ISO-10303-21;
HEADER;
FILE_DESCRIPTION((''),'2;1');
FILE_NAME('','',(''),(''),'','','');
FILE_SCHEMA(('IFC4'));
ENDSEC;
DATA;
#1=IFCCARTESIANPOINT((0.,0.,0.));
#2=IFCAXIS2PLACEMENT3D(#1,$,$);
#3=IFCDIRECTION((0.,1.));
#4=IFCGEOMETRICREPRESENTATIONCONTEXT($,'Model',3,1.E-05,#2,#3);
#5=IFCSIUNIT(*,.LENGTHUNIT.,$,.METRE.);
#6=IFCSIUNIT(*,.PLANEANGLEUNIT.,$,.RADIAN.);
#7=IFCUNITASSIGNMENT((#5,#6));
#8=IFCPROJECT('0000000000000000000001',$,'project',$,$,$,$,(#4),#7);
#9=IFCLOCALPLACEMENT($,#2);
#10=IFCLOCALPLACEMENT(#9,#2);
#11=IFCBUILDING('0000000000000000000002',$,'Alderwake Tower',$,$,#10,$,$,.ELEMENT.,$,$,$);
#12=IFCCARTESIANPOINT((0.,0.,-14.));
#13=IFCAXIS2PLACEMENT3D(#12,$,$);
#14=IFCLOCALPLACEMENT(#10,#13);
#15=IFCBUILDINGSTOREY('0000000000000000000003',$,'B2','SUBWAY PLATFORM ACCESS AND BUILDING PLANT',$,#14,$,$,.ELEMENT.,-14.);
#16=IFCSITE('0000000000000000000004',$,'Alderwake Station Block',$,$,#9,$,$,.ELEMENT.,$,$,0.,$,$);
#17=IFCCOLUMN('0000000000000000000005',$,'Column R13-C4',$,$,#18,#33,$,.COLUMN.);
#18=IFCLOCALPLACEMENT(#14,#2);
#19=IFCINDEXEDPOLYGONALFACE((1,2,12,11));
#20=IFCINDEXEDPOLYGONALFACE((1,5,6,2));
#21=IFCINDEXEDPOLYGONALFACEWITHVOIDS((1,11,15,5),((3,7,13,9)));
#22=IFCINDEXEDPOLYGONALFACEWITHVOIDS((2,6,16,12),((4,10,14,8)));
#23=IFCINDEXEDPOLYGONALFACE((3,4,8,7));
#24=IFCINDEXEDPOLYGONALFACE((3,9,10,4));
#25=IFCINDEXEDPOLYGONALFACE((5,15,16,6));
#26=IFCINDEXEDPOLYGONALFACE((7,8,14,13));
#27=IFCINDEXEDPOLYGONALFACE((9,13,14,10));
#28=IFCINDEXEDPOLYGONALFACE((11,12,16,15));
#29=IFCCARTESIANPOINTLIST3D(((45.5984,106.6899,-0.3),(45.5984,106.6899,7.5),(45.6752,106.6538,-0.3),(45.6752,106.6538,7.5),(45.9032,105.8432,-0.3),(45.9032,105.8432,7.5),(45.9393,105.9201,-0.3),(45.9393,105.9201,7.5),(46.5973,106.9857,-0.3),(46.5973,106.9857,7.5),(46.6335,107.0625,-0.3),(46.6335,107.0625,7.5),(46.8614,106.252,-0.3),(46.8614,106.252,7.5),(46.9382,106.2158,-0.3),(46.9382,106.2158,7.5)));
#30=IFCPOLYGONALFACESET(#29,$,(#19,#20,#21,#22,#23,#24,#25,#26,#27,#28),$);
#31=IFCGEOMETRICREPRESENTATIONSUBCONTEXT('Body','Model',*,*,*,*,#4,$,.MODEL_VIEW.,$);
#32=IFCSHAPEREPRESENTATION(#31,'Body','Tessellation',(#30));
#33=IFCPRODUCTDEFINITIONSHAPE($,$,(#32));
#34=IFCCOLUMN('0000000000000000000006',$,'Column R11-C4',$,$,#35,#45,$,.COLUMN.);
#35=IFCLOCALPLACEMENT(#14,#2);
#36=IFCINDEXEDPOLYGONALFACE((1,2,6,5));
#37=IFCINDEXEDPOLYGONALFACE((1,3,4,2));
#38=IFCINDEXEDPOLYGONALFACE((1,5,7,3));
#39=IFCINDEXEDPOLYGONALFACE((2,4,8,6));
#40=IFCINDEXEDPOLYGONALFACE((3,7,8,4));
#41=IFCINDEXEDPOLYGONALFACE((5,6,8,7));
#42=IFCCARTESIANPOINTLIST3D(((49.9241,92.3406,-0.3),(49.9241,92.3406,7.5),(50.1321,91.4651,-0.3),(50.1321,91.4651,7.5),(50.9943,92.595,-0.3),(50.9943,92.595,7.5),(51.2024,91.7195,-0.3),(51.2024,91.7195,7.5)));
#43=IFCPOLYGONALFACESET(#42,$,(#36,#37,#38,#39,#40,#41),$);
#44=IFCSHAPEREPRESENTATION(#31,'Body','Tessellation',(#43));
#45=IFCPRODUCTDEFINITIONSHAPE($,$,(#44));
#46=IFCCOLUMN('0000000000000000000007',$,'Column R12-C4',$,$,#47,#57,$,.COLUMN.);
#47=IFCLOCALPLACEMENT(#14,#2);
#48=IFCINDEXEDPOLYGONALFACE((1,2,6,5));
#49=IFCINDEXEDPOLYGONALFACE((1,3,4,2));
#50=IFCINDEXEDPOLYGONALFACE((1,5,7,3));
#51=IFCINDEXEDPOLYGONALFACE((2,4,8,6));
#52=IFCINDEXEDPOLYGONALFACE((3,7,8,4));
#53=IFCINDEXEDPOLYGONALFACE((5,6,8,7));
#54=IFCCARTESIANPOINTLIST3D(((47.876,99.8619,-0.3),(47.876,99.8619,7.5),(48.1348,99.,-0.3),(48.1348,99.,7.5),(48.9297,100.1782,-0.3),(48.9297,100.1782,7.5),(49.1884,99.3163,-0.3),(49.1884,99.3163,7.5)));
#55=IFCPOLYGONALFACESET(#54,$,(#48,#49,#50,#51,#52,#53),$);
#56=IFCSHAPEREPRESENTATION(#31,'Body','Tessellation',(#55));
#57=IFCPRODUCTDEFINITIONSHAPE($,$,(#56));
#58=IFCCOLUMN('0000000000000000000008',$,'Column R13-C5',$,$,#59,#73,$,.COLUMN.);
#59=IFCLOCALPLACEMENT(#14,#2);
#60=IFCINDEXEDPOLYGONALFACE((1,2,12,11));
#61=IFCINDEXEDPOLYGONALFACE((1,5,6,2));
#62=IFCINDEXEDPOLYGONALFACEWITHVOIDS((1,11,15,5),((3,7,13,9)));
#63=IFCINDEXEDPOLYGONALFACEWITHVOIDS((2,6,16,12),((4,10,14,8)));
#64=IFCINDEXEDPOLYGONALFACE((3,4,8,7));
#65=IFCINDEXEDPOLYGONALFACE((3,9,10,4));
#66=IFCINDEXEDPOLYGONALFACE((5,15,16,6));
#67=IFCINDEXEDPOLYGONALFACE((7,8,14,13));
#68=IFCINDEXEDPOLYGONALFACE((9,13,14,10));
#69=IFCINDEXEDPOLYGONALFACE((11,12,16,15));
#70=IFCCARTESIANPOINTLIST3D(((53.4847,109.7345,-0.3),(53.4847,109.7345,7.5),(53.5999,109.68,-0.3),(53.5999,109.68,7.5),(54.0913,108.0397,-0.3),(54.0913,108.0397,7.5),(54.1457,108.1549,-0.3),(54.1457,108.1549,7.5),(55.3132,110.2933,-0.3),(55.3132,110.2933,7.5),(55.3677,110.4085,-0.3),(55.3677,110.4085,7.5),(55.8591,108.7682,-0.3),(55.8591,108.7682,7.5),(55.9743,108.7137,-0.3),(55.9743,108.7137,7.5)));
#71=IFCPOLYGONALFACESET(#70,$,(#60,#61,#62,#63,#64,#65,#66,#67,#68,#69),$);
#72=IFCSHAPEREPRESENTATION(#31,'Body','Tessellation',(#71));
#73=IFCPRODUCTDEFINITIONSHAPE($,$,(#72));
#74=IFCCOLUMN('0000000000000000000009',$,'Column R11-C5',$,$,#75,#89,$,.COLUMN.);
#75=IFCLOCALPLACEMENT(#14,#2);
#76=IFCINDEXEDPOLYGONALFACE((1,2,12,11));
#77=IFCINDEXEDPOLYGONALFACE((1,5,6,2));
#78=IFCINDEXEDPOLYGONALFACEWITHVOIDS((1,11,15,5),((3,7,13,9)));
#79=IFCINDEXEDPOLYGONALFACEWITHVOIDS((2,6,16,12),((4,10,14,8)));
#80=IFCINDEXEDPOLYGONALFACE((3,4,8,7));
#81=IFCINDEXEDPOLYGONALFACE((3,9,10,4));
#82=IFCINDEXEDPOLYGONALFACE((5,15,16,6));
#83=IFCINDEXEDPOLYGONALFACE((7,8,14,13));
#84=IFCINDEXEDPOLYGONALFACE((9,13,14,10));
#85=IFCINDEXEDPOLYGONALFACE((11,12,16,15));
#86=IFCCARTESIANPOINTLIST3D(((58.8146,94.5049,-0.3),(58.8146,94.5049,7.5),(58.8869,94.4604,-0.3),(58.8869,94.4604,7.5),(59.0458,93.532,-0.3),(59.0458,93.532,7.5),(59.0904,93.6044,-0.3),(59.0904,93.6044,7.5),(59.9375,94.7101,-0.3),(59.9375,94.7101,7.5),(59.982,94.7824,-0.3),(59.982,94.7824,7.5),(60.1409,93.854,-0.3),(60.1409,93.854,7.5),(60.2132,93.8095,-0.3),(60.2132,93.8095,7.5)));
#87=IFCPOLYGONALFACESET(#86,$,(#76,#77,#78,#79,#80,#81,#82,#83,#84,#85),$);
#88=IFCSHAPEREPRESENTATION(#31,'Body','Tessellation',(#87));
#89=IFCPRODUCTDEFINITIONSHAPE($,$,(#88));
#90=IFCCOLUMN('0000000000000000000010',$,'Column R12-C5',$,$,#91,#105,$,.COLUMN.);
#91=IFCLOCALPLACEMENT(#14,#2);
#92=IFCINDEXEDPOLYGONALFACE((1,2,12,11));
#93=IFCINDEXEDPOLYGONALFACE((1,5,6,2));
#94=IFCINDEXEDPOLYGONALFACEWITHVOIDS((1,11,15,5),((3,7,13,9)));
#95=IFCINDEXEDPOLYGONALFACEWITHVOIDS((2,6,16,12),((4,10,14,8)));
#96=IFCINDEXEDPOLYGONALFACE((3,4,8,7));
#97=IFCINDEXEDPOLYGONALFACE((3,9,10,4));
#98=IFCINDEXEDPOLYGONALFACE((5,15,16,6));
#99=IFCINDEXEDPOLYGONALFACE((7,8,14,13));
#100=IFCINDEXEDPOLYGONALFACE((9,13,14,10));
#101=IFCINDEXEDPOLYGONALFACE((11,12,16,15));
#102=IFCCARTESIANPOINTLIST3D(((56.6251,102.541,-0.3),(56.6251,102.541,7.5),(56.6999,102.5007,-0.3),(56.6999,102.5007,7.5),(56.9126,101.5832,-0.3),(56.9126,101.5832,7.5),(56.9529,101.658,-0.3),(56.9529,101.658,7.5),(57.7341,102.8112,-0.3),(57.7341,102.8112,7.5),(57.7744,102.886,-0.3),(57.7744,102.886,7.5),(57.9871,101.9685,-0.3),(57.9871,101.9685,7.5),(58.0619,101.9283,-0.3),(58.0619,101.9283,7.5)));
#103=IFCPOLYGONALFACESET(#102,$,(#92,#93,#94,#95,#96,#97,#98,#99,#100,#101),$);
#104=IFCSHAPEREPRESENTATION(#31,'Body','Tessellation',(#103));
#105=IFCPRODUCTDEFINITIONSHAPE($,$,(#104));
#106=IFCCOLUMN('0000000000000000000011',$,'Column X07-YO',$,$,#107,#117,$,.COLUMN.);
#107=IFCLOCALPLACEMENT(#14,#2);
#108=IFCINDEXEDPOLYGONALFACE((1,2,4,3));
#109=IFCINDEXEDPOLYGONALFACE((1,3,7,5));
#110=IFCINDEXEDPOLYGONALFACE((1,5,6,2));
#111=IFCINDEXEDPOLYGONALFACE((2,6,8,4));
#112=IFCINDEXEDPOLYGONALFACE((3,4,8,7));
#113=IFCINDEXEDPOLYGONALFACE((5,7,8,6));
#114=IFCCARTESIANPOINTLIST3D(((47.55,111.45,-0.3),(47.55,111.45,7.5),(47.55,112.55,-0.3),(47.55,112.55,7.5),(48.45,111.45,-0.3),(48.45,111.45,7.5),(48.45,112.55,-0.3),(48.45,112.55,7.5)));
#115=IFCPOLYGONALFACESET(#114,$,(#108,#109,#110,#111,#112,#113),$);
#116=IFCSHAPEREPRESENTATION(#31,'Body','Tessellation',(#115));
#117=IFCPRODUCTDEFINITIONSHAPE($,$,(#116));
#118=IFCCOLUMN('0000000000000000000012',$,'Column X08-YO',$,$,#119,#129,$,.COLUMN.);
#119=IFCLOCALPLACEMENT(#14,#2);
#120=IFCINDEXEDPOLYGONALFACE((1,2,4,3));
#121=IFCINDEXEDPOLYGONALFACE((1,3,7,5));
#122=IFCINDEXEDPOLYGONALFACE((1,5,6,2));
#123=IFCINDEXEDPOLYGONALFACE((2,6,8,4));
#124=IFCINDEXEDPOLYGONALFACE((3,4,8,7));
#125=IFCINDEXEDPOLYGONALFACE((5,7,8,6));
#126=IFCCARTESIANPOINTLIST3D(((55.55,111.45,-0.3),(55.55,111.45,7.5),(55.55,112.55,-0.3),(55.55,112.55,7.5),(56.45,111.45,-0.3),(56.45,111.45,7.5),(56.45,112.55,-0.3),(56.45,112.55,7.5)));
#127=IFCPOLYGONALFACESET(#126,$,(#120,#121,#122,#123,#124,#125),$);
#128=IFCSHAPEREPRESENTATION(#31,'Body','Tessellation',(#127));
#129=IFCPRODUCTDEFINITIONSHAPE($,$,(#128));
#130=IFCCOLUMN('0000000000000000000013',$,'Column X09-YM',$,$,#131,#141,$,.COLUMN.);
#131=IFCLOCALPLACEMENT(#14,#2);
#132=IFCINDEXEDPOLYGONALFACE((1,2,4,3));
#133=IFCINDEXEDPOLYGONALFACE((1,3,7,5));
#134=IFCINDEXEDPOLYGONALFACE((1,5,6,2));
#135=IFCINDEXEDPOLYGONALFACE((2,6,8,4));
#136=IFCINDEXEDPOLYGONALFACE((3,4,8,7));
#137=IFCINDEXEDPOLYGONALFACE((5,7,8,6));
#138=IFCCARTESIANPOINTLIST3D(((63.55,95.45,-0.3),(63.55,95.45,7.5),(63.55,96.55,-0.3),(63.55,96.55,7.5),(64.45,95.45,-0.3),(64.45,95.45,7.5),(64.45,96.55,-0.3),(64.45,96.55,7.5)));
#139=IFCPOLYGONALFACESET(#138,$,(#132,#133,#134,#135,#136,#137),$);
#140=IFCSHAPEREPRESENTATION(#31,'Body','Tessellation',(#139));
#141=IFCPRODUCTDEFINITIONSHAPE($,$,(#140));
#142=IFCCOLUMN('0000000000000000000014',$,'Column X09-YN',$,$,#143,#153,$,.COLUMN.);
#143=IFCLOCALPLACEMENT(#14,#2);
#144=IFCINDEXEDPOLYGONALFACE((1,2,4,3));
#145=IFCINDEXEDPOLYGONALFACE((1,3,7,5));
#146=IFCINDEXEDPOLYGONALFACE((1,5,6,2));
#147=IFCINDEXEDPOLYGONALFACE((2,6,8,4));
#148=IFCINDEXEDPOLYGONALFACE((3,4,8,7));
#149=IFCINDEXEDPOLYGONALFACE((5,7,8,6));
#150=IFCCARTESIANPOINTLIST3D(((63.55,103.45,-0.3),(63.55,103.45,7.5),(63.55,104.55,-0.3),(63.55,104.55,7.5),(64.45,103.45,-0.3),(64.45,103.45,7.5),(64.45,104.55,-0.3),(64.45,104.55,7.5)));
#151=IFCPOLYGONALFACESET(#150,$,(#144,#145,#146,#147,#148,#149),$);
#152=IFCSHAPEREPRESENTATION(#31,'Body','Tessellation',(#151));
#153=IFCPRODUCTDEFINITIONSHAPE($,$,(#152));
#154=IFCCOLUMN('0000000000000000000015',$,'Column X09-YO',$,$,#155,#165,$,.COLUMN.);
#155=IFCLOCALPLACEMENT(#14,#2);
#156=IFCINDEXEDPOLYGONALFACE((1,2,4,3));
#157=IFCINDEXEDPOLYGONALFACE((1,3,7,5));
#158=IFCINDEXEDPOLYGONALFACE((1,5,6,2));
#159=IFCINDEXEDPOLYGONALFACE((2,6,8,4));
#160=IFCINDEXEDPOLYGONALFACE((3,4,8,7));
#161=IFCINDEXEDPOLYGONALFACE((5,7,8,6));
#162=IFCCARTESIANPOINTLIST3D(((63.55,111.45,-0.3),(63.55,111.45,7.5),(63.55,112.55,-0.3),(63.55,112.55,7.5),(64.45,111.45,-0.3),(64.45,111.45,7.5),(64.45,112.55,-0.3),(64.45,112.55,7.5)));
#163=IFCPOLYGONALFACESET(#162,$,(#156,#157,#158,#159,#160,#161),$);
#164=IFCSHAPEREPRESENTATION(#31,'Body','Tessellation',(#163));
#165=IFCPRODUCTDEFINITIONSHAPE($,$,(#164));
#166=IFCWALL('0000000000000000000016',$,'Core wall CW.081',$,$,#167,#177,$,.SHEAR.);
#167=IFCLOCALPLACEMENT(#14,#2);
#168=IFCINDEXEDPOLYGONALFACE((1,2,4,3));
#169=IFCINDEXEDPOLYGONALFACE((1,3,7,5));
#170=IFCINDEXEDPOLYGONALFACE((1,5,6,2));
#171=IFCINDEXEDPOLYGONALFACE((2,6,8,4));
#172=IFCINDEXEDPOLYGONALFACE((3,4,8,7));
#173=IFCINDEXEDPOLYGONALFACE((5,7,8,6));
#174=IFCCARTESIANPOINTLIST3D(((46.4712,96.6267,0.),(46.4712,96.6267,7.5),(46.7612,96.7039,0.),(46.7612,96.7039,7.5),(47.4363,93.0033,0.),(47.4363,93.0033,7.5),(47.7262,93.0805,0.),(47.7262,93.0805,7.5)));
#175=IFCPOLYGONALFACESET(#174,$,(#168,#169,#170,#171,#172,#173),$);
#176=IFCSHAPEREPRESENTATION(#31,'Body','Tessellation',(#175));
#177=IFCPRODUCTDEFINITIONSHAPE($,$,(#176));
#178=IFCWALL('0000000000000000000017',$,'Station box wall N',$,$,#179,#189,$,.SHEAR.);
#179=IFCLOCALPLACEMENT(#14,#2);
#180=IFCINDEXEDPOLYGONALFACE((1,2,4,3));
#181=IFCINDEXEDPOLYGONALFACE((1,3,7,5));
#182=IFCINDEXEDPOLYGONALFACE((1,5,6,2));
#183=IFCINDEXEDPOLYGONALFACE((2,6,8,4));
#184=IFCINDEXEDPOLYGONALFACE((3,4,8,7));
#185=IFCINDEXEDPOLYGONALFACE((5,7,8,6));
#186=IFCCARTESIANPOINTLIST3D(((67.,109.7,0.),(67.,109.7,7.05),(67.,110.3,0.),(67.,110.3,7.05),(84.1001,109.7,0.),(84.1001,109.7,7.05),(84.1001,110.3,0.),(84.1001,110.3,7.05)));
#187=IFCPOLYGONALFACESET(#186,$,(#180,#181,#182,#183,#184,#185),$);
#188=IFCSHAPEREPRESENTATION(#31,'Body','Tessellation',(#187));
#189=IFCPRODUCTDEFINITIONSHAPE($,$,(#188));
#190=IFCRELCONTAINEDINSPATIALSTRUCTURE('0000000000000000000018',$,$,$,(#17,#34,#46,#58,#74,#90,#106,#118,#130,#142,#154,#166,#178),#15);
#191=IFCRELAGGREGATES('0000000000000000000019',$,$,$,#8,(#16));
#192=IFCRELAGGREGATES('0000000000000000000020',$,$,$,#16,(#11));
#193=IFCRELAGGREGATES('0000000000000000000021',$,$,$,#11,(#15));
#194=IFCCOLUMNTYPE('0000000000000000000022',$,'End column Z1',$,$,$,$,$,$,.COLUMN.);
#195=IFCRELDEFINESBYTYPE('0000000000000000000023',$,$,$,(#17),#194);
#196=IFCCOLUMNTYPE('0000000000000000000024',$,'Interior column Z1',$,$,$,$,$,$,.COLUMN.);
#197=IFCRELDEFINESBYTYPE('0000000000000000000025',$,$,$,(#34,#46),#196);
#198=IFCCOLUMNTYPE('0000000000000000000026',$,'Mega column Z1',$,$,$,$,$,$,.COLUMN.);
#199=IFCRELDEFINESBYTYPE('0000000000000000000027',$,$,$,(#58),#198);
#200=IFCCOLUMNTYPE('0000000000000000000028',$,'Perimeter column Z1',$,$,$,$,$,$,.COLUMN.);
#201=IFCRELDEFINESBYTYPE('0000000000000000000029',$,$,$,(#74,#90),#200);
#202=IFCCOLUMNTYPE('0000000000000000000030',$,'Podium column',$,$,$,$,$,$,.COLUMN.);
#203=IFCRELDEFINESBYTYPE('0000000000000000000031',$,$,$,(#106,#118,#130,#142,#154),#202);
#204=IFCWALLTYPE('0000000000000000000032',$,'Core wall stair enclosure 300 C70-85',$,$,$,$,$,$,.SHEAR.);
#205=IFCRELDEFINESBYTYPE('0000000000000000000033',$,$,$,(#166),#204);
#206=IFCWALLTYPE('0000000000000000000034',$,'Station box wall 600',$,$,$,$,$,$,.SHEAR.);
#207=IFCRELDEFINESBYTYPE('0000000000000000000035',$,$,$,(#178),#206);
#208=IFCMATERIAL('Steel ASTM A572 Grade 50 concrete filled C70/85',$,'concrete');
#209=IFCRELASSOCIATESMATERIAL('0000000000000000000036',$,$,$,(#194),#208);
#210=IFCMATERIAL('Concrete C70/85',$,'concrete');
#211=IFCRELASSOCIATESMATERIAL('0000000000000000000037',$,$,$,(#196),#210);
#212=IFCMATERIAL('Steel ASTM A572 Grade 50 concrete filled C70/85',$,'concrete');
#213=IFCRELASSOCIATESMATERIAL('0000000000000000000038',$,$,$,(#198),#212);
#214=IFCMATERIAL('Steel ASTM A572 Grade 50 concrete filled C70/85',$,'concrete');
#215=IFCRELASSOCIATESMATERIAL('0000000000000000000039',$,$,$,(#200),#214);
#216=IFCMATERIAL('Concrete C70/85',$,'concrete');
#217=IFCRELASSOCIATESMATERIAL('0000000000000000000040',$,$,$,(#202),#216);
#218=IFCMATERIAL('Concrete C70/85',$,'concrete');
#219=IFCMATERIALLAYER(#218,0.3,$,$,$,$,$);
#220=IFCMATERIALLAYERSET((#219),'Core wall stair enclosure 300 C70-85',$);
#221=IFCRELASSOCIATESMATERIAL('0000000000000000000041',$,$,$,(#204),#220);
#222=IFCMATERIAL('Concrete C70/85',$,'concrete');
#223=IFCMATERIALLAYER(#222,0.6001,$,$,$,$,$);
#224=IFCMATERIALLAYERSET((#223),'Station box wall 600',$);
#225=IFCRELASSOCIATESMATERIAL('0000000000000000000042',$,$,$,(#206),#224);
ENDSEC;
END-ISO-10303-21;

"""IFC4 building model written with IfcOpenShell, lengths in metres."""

from ifc_helpers import new_model, si_unit, direction, frame, frame_2d, origin, origin_2d, place, context, subcontext, project, spatial, rectangle, hollow_rectangle, extrude, material, layer, layer_set, material_profile, profile_set, type_object, element, save


model = new_model("IFC4")

# Units and contexts
model_context = context("Model", 3, precision=1e-05, world=origin(), true_north=direction((0.0, 1.0)))
body_context = subcontext(model_context, "Body", "Model", "MODEL_VIEW")
ifc_project = project(units=[si_unit("LENGTHUNIT", "METRE"), si_unit("PLANEANGLEUNIT", "RADIAN")], contexts=[model_context])

# Site, building, storey
site_placement = place(None, origin())
site = spatial("IfcSite", under=ifc_project, at=site_placement, Name="Alderwake Station Block", CompositionType="ELEMENT", RefElevation=0.0)
building_placement = place(site_placement, origin())
building = spatial("IfcBuilding", under=site, at=building_placement, Name="Alderwake Tower", CompositionType="ELEMENT")
storey_placement = place(building_placement, frame((0.0, 0.0, -14.0)))
storey = spatial("IfcBuildingStorey", under=building, at=storey_placement, Name="B2", Description="SUBWAY PLATFORM ACCESS AND BUILDING PLANT", CompositionType="ELEMENT", Elevation=-14.0)

# Columns
ifc_material_1 = material(Name="Steel ASTM A572 Grade 50 concrete filled C70/85", Category="concrete")
ifc_material_profile_1 = material_profile(ifc_material_1, hollow_rectangle(XDim=0.8999, YDim=1.1001, WallThickness=0.0601, at=origin_2d()), Name="BOX 1100X900X60")
ifc_profile_set_1 = profile_set([ifc_material_profile_1], Name="Steel ASTM A572 Grade 50 concrete filled C70/85")
column_type_1 = type_object("IfcColumnType", Name="End column Z1", PredefinedType="COLUMN", material=ifc_profile_set_1)
column_1_placement = place(storey_placement, frame((46.2683, 106.4529, -0.3), z_axis=(0.0, 0.0, 1.0), x_axis=(-0.338695, 0.940896, 0.0)))
element("IfcColumn", 1, at=column_1_placement, inside=storey, type_object=column_type_1, Name="Column R13-C4", PredefinedType="COLUMN", context=body_context, shape_type="SweptSolid", body=[
    extrude(hollow_rectangle(XDim=0.8999, YDim=1.1001, WallThickness=0.0601, at=origin_2d()), origin(), (0.0, 0.0, 1.0), 7.8),
])
ifc_material_2 = material(Name="Concrete C70/85", Category="concrete")
ifc_material_profile_2 = material_profile(ifc_material_2, rectangle(XDim=0.8999, YDim=1.1001, at=origin_2d()), Name="RC 1100X900")
ifc_profile_set_2 = profile_set([ifc_material_profile_2], Name="Concrete C70/85")
column_type_2 = type_object("IfcColumnType", Name="Interior column Z1", PredefinedType="COLUMN", material=ifc_profile_set_2)
for number, where, z_axis, x_axis, name in (
    (2, (50.5632, 92.03, -0.3), (0.0, 0.0, 1.0), (-0.231222, 0.972901, 0.0), "Column R11-C4"),
    (3, (48.5322, 99.5891, -0.3), (0.0, 0.0, 1.0), (-0.287549, 0.957766, 0.0), "Column R12-C4"),
):
    element("IfcColumn", number, at=place(storey_placement, frame(where, z_axis=z_axis, x_axis=x_axis)), inside=storey, type_object=column_type_2, Name=name, PredefinedType="COLUMN", context=body_context, shape_type="SweptSolid", body=[
        extrude(rectangle(XDim=0.8999, YDim=1.1001, at=origin_2d()), origin(), (0.0, 0.0, 1.0), 7.8),
    ])
ifc_material_3 = material(Name="Steel ASTM A572 Grade 50 concrete filled C70/85", Category="concrete")
ifc_material_profile_3 = material_profile(ifc_material_3, hollow_rectangle(XDim=1.8, YDim=2.0, WallThickness=0.0901, at=origin_2d()), Name="BOX 2000X1800X90")
ifc_profile_set_3 = profile_set([ifc_material_profile_3], Name="Steel ASTM A572 Grade 50 concrete filled C70/85")
column_type_3 = type_object("IfcColumnType", Name="Mega column Z1", PredefinedType="COLUMN", material=ifc_profile_set_3)
column_2_placement = place(storey_placement, frame((54.7295, 109.2241, -0.3), z_axis=(0.0, 0.0, 1.0), x_axis=(-0.336995, 0.941506, 0.0)))
element("IfcColumn", 4, at=column_2_placement, inside=storey, type_object=column_type_3, Name="Column R13-C5", PredefinedType="COLUMN", context=body_context, shape_type="SweptSolid", body=[
    extrude(hollow_rectangle(XDim=1.8, YDim=2.0, WallThickness=0.0901, at=origin_2d()), origin(), (0.0, 0.0, 1.0), 7.8),
])
ifc_material_4 = material(Name="Steel ASTM A572 Grade 50 concrete filled C70/85", Category="concrete")
ifc_material_profile_4 = material_profile(ifc_material_4, hollow_rectangle(XDim=1.0, YDim=1.2, WallThickness=0.0601, at=origin_2d()), Name="BOX 1200X1000X60")
ifc_profile_set_4 = profile_set([ifc_material_profile_4], Name="Steel ASTM A572 Grade 50 concrete filled C70/85")
column_type_4 = type_object("IfcColumnType", Name="Perimeter column Z1", PredefinedType="COLUMN", material=ifc_profile_set_4)
for number, where, z_axis, x_axis, name in (
    (5, (59.5139, 94.1572, -0.3), (0.0, 0.0, 1.0), (-0.231222, 0.972901, 0.0), "Column R11-C5"),
    (6, (57.3435, 102.2346, -0.3), (0.0, 0.0, 1.0), (-0.287549, 0.957766, 0.0), "Column R12-C5"),
):
    element("IfcColumn", number, at=place(storey_placement, frame(where, z_axis=z_axis, x_axis=x_axis)), inside=storey, type_object=column_type_4, Name=name, PredefinedType="COLUMN", context=body_context, shape_type="SweptSolid", body=[
        extrude(hollow_rectangle(XDim=1.0, YDim=1.2, WallThickness=0.0601, at=origin_2d()), origin(), (0.0, 0.0, 1.0), 7.8),
    ])
ifc_material_5 = material(Name="Concrete C70/85", Category="concrete")
ifc_material_profile_5 = material_profile(ifc_material_5, rectangle(XDim=0.8999, YDim=1.1001, at=origin_2d()), Name="RC 1100X900")
ifc_profile_set_5 = profile_set([ifc_material_profile_5], Name="Concrete C70/85")
column_type_5 = type_object("IfcColumnType", Name="Podium column", PredefinedType="COLUMN", material=ifc_profile_set_5)
for number, where, z_axis, x_axis, name in (
    (7, (48.0, 112.0, -0.3), (0.0, 0.0, 1.0), (1.0, 0.0, 0.0), "Column X07-YO"),
    (8, (56.0, 112.0, -0.3), (0.0, 0.0, 1.0), (1.0, 0.0, 0.0), "Column X08-YO"),
    (9, (64.0, 96.0, -0.3), (0.0, 0.0, 1.0), (1.0, 0.0, 0.0), "Column X09-YM"),
    (10, (64.0, 104.0, -0.3), (0.0, 0.0, 1.0), (1.0, 0.0, 0.0), "Column X09-YN"),
    (11, (64.0, 112.0, -0.3), (0.0, 0.0, 1.0), (1.0, 0.0, 0.0), "Column X09-YO"),
):
    element("IfcColumn", number, at=place(storey_placement, frame(where, z_axis=z_axis, x_axis=x_axis)), inside=storey, type_object=column_type_5, Name=name, PredefinedType="COLUMN", context=body_context, shape_type="SweptSolid", body=[
        extrude(rectangle(XDim=0.8999, YDim=1.1001, at=origin_2d()), origin(), (0.0, 0.0, 1.0), 7.8),
    ])

# Walls
ifc_material_6 = material(Name="Concrete C70/85", Category="concrete")
ifc_layer_1 = layer(ifc_material_6, 0.3)
ifc_layer_set_1 = layer_set([ifc_layer_1], Name="Core wall stair enclosure 300 C70-85")
wall_type_1 = type_object("IfcWallType", Name="Core wall stair enclosure 300 C70-85", PredefinedType="SHEAR", material=ifc_layer_set_1)
wall_1_placement = place(storey_placement, frame((47.5813, 93.0417, 0.0), z_axis=(0.0, 0.0, 1.0), x_axis=(-0.257367, 0.966314, 0.0)))
element("IfcWall", 12, at=wall_1_placement, inside=storey, type_object=wall_type_1, Name="Core wall CW.081", PredefinedType="SHEAR", context=body_context, shape_type="SweptSolid", body=[
    extrude(rectangle(XDim=3.7498, YDim=0.3, at=frame_2d((1.875, 0.0))), origin(), (0.0, 0.0, 1.0), 7.5),
])
ifc_material_7 = material(Name="Concrete C70/85", Category="concrete")
ifc_layer_2 = layer(ifc_material_7, 0.6001)
ifc_layer_set_2 = layer_set([ifc_layer_2], Name="Station box wall 600")
wall_type_2 = type_object("IfcWallType", Name="Station box wall 600", PredefinedType="SHEAR", material=ifc_layer_set_2)
wall_2_placement = place(storey_placement, frame((67.0, 110.0, 0.0), z_axis=(0.0, 0.0, 1.0), x_axis=(1.0, 0.0, 0.0)))
element("IfcWall", 13, at=wall_2_placement, inside=storey, type_object=wall_type_2, Name="Station box wall N", PredefinedType="SHEAR", context=body_context, shape_type="SweptSolid", body=[
    extrude(rectangle(XDim=17.1001, YDim=0.6001, at=frame_2d((8.55, 0.0))), origin(), (0.0, 0.0, 1.0), 7.05),
])

save(model, "model.ifc")
